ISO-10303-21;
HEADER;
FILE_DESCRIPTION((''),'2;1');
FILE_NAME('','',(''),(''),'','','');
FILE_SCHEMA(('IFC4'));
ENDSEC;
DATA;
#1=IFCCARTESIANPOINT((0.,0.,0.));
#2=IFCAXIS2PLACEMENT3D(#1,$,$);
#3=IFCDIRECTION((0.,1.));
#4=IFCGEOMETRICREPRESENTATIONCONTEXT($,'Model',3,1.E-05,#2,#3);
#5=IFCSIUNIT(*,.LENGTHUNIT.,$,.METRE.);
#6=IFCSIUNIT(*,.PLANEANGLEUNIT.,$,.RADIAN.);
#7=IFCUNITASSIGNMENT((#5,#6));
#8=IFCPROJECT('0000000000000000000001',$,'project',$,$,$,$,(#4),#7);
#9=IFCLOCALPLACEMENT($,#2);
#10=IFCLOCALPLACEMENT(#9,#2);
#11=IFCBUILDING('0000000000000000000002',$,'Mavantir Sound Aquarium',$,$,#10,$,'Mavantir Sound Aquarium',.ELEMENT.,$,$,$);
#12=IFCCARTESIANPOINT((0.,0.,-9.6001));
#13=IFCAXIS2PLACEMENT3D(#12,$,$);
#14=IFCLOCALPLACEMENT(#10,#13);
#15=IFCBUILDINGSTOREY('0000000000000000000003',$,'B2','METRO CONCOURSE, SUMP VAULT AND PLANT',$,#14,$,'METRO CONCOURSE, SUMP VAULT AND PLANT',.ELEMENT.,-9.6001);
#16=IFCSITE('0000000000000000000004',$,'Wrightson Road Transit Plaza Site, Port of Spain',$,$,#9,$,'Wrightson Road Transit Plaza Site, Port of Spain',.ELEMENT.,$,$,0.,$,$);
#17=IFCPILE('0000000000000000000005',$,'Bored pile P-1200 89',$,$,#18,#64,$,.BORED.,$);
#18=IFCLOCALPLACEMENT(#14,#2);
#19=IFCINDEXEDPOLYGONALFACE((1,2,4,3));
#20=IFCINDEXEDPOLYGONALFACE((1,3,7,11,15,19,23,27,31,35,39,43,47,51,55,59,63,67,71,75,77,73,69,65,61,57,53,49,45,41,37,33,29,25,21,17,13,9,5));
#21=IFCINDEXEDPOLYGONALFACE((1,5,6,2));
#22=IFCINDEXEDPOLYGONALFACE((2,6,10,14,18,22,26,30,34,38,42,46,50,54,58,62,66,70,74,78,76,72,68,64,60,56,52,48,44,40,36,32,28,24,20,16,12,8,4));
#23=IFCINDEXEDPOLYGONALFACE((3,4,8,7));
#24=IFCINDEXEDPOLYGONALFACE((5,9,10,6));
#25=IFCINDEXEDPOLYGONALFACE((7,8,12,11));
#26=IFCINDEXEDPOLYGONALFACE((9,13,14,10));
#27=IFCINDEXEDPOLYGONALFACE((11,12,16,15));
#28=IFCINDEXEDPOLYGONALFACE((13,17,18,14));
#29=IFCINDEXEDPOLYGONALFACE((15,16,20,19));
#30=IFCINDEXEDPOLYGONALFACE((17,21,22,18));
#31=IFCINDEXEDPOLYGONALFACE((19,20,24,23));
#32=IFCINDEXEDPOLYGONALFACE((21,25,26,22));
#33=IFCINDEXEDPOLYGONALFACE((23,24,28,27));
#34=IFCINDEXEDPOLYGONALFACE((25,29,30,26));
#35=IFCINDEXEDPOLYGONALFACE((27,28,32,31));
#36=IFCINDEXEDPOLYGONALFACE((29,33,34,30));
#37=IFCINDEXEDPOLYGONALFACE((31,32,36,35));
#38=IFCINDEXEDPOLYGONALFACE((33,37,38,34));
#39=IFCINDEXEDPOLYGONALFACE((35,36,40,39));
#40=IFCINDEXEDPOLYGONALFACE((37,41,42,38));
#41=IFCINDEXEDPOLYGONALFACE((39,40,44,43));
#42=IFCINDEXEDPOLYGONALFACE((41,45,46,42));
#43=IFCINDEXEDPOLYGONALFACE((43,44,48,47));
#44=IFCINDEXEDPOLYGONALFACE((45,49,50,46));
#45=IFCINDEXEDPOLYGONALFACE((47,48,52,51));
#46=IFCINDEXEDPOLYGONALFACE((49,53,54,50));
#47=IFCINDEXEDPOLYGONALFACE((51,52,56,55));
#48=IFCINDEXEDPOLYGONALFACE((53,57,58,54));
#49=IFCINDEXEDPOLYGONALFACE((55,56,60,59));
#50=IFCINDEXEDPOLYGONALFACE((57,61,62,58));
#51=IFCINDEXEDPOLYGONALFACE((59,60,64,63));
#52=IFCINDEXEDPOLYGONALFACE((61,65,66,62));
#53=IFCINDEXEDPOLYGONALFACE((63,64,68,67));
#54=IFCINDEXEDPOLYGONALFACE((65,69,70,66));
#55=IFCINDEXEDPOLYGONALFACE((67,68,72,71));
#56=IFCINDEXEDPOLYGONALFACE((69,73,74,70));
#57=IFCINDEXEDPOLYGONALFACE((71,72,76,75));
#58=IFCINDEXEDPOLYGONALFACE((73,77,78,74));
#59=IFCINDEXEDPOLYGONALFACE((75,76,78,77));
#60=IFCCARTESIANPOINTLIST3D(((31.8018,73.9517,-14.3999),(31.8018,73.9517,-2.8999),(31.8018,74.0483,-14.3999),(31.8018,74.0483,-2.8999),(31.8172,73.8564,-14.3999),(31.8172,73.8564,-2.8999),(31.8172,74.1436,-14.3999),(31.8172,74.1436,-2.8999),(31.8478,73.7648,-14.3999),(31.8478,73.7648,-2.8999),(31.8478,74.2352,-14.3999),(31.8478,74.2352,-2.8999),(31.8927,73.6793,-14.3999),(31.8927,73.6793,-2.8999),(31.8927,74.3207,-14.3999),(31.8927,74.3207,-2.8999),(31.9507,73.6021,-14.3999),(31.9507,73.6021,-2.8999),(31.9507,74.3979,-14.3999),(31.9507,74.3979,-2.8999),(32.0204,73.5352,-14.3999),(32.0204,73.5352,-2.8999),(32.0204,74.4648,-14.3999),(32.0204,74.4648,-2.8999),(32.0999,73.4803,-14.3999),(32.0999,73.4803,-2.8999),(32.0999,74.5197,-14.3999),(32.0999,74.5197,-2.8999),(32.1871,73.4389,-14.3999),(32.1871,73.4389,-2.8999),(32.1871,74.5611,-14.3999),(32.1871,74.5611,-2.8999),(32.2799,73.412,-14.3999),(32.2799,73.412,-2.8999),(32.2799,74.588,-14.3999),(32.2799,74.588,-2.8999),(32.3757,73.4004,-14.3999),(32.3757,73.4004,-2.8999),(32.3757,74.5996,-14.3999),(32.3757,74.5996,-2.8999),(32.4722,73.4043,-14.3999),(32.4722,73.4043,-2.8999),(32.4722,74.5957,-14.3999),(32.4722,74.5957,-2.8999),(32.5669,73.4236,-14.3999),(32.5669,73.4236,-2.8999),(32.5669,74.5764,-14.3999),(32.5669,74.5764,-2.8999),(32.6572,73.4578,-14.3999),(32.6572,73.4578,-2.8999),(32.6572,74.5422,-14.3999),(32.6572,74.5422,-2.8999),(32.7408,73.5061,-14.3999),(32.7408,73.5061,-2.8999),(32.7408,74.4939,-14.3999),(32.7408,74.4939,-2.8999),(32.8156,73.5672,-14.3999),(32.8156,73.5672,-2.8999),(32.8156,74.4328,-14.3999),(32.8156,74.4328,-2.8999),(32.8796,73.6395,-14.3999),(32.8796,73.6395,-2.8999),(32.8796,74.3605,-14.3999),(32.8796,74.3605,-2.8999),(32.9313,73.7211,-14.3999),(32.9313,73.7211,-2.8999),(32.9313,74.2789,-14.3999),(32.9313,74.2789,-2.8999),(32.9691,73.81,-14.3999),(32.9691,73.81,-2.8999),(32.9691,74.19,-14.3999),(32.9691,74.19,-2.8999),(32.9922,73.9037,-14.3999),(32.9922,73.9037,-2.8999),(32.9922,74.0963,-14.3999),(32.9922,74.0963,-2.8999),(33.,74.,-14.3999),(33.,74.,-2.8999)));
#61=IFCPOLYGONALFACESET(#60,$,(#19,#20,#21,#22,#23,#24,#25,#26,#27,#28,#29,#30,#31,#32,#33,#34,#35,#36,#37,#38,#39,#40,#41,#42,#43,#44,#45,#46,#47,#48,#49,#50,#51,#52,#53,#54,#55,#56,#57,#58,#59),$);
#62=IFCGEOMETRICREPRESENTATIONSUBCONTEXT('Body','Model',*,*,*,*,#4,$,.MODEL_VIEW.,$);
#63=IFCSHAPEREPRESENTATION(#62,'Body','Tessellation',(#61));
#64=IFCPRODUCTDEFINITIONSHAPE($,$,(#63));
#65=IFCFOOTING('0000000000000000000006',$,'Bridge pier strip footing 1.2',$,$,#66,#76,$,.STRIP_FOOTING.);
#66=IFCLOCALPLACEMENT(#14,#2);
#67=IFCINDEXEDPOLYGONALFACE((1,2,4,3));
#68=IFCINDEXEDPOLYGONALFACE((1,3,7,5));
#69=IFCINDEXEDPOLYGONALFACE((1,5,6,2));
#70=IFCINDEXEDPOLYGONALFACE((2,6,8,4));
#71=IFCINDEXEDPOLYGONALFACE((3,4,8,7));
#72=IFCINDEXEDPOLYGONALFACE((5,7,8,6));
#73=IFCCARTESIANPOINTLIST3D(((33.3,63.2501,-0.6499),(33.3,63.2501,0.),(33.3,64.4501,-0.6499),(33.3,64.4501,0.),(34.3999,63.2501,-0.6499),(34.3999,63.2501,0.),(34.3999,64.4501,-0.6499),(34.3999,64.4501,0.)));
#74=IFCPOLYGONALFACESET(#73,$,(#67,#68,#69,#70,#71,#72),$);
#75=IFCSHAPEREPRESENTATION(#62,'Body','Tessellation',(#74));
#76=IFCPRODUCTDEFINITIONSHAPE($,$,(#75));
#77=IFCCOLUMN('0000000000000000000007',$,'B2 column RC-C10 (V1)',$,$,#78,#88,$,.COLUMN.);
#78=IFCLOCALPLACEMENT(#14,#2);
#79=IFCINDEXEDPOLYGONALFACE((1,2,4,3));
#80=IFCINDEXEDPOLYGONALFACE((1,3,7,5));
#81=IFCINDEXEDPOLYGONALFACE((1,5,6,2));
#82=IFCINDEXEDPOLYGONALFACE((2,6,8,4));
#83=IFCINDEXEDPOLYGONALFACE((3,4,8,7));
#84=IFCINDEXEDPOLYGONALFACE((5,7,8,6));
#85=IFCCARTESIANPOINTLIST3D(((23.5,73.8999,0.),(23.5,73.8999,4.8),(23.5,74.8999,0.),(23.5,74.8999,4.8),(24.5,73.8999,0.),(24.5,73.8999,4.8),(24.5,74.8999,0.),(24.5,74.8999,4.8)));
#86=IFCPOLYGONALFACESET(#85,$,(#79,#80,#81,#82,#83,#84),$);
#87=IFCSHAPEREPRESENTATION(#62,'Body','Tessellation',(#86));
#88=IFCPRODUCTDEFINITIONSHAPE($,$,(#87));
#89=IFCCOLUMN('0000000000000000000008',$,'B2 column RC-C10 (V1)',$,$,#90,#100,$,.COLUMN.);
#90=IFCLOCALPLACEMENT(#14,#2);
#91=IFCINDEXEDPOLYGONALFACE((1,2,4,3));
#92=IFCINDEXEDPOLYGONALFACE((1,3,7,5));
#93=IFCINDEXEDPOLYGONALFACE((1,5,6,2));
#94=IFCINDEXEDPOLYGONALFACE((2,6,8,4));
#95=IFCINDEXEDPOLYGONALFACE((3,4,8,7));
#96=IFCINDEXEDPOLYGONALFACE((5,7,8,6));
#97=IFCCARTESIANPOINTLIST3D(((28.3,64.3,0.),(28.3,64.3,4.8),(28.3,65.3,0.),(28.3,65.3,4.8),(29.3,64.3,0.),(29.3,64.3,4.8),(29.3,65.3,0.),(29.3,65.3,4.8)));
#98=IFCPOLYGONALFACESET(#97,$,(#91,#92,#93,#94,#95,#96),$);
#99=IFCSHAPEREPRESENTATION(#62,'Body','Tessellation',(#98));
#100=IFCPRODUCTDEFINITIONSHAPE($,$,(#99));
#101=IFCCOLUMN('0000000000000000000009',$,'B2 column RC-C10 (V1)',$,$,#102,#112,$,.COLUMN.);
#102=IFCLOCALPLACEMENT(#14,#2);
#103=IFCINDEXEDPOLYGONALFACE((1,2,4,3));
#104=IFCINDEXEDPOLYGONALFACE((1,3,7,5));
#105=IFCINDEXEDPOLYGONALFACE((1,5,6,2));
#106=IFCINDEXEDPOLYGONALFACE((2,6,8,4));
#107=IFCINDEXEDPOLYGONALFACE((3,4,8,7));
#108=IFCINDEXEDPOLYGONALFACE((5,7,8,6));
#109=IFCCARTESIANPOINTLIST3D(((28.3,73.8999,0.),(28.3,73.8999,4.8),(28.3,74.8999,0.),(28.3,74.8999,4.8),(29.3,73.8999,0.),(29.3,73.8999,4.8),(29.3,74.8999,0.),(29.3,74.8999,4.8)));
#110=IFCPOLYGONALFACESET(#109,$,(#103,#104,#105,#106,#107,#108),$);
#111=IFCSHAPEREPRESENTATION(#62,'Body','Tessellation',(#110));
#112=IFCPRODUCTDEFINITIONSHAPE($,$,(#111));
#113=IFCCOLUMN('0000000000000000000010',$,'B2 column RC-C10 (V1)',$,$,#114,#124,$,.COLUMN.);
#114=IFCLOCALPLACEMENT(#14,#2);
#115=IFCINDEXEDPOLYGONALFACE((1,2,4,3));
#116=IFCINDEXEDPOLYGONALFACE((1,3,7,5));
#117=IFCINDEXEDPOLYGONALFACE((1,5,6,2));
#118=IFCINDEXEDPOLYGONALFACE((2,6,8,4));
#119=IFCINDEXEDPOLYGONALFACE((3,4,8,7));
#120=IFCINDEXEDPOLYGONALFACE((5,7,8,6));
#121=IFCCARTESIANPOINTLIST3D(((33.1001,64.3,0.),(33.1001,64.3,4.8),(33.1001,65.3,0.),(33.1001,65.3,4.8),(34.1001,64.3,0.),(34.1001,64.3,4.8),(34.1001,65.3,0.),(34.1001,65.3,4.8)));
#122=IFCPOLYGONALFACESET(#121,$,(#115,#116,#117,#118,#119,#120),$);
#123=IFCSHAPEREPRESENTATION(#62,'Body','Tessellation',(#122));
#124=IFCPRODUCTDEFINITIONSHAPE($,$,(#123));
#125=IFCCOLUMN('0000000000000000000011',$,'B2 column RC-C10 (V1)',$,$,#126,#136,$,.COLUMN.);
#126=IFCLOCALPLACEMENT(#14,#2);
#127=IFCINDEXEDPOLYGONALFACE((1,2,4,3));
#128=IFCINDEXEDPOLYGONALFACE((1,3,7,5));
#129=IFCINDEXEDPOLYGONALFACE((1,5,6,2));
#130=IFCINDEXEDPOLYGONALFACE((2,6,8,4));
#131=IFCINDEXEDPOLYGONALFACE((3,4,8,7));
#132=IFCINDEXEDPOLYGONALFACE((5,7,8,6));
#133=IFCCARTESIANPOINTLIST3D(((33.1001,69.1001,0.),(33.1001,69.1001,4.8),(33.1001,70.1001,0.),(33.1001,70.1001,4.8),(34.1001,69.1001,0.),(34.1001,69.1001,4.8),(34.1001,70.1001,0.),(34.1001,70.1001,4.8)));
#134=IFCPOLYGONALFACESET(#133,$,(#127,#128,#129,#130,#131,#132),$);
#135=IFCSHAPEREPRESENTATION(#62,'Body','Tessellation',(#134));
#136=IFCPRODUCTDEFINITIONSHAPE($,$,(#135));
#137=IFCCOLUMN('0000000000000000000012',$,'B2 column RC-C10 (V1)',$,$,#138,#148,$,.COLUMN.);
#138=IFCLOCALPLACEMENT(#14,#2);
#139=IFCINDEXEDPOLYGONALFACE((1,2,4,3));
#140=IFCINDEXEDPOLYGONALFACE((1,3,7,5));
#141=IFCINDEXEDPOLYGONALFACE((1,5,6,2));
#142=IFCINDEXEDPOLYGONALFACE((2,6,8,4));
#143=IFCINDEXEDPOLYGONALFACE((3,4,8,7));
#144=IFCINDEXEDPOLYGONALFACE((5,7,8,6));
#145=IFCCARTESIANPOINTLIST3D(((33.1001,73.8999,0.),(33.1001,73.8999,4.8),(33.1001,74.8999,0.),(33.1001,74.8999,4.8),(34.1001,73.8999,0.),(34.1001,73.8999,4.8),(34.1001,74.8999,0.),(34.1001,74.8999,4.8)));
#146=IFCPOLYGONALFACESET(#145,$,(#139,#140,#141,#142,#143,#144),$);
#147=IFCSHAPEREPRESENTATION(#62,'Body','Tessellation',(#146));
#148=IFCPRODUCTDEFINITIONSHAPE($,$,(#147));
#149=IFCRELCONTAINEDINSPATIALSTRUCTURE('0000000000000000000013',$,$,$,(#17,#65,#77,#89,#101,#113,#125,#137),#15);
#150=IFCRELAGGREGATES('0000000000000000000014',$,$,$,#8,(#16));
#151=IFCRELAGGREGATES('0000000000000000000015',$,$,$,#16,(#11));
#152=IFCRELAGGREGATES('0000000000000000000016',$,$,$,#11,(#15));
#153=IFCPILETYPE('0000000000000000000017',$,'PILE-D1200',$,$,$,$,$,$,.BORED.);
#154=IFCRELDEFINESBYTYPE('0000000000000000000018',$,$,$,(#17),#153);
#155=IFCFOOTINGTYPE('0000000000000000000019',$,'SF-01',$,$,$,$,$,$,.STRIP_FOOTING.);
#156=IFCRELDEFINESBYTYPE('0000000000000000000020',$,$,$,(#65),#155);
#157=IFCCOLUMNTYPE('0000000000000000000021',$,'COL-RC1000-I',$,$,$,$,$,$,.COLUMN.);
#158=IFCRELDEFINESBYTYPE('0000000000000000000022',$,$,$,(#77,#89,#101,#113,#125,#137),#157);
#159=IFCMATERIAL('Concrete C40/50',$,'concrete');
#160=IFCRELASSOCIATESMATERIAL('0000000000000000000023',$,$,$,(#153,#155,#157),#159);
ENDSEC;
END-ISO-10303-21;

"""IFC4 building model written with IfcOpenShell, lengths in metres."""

from ifc_helpers import new_model, si_unit, direction, frame, origin, origin_2d, place, context, subcontext, project, spatial, rectangle, circle, extrude, material, material_profile, profile_set, type_object, element, save


model = new_model("IFC4")

# Units and contexts
model_context = context("Model", 3, precision=1e-05, world=origin(), true_north=direction((0.0, 1.0)))
body_context = subcontext(model_context, "Body", "Model", "MODEL_VIEW")
ifc_project = project(units=[si_unit("LENGTHUNIT", "METRE"), si_unit("PLANEANGLEUNIT", "RADIAN")], contexts=[model_context])

# Site, building, storey
site_placement = place(None, origin())
site = spatial("IfcSite", under=ifc_project, at=site_placement, Name="Wrightson Road Transit Plaza Site, Port of Spain", LongName="Wrightson Road Transit Plaza Site, Port of Spain", CompositionType="ELEMENT", RefElevation=0.0)
building_placement = place(site_placement, origin())
building = spatial("IfcBuilding", under=site, at=building_placement, Name="Mavantir Sound Aquarium", LongName="Mavantir Sound Aquarium", CompositionType="ELEMENT")
storey_placement = place(building_placement, frame((0.0, 0.0, -9.6001)))
storey = spatial("IfcBuildingStorey", under=building, at=storey_placement, Name="B2", Description="METRO CONCOURSE, SUMP VAULT AND PLANT", LongName="METRO CONCOURSE, SUMP VAULT AND PLANT", CompositionType="ELEMENT", Elevation=-9.6001)

# Shared definitions
ifc_material_1 = material(Name="Concrete C40/50", Category="concrete")

# Pile
ifc_material_profile_1 = material_profile(ifc_material_1, circle(Radius=0.6001, at=origin_2d()), Name="PILE D1200")
ifc_profile_set_1 = profile_set([ifc_material_profile_1], Name="Concrete C40/50")
pile_type = type_object("IfcPileType", Name="PILE-D1200", PredefinedType="BORED", material=ifc_profile_set_1)
for number, where, z_axis, x_axis, name in (
    (1, (32.3999, 74.0, -2.8999), (0.0, 0.0, -1.0), (1.0, 0.0, 0.0), "Bored pile P-1200 89"),
):
    element("IfcPile", number, at=place(storey_placement, frame(where, z_axis=z_axis, x_axis=x_axis)), inside=storey, type_object=pile_type, Name=name, PredefinedType="BORED", context=body_context, shape_type="SweptSolid", body=[
        extrude(circle(Radius=0.6001, at=origin_2d()), origin(), (0.0, 0.0, 1.0), 11.5),
    ])

# Footing
ifc_material_profile_2 = material_profile(ifc_material_1, rectangle(XDim=1.2, YDim=0.6499, at=origin_2d()), Name="RC 1200X650")
ifc_profile_set_2 = profile_set([ifc_material_profile_2], Name="Concrete C40/50")
footing_type_1 = type_object("IfcFootingType", Name="SF-01", PredefinedType="STRIP_FOOTING", material=ifc_profile_set_2)
footing_1_placement = place(storey_placement, frame((33.3, 63.8501, -0.325), z_axis=(1.0, 0.0, 0.0), x_axis=(0.0, 1.0, 0.0)))
element("IfcFooting", 2, at=footing_1_placement, inside=storey, type_object=footing_type_1, Name="Bridge pier strip footing 1.2", PredefinedType="STRIP_FOOTING", context=body_context, shape_type="SweptSolid", body=[
    extrude(rectangle(XDim=1.2, YDim=0.6499, at=origin_2d()), origin(), (0.0, 0.0, 1.0), 1.0999),
])

# Columns
ifc_material_profile_3 = material_profile(ifc_material_1, rectangle(XDim=1.0, YDim=1.0, at=origin_2d()), Name="RC 1000X1000")
ifc_profile_set_3 = profile_set([ifc_material_profile_3], Name="Concrete C40/50")
column_type_1 = type_object("IfcColumnType", Name="COL-RC1000-I", PredefinedType="COLUMN", material=ifc_profile_set_3)
for number, where, z_axis, x_axis, name in (
    (3, (24.0, 74.3999, 0.0), (0.0, 0.0, 1.0), (1.0, 0.0, 0.0), "B2 column RC-C10 (V1)"),
    (4, (28.8, 64.8, 0.0), (0.0, 0.0, 1.0), (1.0, 0.0, 0.0), "B2 column RC-C10 (V1)"),
    (5, (28.8, 74.3999, 0.0), (0.0, 0.0, 1.0), (1.0, 0.0, 0.0), "B2 column RC-C10 (V1)"),
    (6, (33.6001, 64.8, 0.0), (0.0, 0.0, 1.0), (1.0, 0.0, 0.0), "B2 column RC-C10 (V1)"),
    (7, (33.6001, 69.6001, 0.0), (0.0, 0.0, 1.0), (1.0, 0.0, 0.0), "B2 column RC-C10 (V1)"),
    (8, (33.6001, 74.3999, 0.0), (0.0, 0.0, 1.0), (1.0, 0.0, 0.0), "B2 column RC-C10 (V1)"),
):
    element("IfcColumn", number, at=place(storey_placement, frame(where, z_axis=z_axis, x_axis=x_axis)), inside=storey, type_object=column_type_1, Name=name, PredefinedType="COLUMN", context=body_context, shape_type="SweptSolid", body=[
        extrude(rectangle(XDim=1.0, YDim=1.0, at=origin_2d()), origin(), (0.0, 0.0, 1.0), 4.8),
    ])

save(model, "model.ifc")
